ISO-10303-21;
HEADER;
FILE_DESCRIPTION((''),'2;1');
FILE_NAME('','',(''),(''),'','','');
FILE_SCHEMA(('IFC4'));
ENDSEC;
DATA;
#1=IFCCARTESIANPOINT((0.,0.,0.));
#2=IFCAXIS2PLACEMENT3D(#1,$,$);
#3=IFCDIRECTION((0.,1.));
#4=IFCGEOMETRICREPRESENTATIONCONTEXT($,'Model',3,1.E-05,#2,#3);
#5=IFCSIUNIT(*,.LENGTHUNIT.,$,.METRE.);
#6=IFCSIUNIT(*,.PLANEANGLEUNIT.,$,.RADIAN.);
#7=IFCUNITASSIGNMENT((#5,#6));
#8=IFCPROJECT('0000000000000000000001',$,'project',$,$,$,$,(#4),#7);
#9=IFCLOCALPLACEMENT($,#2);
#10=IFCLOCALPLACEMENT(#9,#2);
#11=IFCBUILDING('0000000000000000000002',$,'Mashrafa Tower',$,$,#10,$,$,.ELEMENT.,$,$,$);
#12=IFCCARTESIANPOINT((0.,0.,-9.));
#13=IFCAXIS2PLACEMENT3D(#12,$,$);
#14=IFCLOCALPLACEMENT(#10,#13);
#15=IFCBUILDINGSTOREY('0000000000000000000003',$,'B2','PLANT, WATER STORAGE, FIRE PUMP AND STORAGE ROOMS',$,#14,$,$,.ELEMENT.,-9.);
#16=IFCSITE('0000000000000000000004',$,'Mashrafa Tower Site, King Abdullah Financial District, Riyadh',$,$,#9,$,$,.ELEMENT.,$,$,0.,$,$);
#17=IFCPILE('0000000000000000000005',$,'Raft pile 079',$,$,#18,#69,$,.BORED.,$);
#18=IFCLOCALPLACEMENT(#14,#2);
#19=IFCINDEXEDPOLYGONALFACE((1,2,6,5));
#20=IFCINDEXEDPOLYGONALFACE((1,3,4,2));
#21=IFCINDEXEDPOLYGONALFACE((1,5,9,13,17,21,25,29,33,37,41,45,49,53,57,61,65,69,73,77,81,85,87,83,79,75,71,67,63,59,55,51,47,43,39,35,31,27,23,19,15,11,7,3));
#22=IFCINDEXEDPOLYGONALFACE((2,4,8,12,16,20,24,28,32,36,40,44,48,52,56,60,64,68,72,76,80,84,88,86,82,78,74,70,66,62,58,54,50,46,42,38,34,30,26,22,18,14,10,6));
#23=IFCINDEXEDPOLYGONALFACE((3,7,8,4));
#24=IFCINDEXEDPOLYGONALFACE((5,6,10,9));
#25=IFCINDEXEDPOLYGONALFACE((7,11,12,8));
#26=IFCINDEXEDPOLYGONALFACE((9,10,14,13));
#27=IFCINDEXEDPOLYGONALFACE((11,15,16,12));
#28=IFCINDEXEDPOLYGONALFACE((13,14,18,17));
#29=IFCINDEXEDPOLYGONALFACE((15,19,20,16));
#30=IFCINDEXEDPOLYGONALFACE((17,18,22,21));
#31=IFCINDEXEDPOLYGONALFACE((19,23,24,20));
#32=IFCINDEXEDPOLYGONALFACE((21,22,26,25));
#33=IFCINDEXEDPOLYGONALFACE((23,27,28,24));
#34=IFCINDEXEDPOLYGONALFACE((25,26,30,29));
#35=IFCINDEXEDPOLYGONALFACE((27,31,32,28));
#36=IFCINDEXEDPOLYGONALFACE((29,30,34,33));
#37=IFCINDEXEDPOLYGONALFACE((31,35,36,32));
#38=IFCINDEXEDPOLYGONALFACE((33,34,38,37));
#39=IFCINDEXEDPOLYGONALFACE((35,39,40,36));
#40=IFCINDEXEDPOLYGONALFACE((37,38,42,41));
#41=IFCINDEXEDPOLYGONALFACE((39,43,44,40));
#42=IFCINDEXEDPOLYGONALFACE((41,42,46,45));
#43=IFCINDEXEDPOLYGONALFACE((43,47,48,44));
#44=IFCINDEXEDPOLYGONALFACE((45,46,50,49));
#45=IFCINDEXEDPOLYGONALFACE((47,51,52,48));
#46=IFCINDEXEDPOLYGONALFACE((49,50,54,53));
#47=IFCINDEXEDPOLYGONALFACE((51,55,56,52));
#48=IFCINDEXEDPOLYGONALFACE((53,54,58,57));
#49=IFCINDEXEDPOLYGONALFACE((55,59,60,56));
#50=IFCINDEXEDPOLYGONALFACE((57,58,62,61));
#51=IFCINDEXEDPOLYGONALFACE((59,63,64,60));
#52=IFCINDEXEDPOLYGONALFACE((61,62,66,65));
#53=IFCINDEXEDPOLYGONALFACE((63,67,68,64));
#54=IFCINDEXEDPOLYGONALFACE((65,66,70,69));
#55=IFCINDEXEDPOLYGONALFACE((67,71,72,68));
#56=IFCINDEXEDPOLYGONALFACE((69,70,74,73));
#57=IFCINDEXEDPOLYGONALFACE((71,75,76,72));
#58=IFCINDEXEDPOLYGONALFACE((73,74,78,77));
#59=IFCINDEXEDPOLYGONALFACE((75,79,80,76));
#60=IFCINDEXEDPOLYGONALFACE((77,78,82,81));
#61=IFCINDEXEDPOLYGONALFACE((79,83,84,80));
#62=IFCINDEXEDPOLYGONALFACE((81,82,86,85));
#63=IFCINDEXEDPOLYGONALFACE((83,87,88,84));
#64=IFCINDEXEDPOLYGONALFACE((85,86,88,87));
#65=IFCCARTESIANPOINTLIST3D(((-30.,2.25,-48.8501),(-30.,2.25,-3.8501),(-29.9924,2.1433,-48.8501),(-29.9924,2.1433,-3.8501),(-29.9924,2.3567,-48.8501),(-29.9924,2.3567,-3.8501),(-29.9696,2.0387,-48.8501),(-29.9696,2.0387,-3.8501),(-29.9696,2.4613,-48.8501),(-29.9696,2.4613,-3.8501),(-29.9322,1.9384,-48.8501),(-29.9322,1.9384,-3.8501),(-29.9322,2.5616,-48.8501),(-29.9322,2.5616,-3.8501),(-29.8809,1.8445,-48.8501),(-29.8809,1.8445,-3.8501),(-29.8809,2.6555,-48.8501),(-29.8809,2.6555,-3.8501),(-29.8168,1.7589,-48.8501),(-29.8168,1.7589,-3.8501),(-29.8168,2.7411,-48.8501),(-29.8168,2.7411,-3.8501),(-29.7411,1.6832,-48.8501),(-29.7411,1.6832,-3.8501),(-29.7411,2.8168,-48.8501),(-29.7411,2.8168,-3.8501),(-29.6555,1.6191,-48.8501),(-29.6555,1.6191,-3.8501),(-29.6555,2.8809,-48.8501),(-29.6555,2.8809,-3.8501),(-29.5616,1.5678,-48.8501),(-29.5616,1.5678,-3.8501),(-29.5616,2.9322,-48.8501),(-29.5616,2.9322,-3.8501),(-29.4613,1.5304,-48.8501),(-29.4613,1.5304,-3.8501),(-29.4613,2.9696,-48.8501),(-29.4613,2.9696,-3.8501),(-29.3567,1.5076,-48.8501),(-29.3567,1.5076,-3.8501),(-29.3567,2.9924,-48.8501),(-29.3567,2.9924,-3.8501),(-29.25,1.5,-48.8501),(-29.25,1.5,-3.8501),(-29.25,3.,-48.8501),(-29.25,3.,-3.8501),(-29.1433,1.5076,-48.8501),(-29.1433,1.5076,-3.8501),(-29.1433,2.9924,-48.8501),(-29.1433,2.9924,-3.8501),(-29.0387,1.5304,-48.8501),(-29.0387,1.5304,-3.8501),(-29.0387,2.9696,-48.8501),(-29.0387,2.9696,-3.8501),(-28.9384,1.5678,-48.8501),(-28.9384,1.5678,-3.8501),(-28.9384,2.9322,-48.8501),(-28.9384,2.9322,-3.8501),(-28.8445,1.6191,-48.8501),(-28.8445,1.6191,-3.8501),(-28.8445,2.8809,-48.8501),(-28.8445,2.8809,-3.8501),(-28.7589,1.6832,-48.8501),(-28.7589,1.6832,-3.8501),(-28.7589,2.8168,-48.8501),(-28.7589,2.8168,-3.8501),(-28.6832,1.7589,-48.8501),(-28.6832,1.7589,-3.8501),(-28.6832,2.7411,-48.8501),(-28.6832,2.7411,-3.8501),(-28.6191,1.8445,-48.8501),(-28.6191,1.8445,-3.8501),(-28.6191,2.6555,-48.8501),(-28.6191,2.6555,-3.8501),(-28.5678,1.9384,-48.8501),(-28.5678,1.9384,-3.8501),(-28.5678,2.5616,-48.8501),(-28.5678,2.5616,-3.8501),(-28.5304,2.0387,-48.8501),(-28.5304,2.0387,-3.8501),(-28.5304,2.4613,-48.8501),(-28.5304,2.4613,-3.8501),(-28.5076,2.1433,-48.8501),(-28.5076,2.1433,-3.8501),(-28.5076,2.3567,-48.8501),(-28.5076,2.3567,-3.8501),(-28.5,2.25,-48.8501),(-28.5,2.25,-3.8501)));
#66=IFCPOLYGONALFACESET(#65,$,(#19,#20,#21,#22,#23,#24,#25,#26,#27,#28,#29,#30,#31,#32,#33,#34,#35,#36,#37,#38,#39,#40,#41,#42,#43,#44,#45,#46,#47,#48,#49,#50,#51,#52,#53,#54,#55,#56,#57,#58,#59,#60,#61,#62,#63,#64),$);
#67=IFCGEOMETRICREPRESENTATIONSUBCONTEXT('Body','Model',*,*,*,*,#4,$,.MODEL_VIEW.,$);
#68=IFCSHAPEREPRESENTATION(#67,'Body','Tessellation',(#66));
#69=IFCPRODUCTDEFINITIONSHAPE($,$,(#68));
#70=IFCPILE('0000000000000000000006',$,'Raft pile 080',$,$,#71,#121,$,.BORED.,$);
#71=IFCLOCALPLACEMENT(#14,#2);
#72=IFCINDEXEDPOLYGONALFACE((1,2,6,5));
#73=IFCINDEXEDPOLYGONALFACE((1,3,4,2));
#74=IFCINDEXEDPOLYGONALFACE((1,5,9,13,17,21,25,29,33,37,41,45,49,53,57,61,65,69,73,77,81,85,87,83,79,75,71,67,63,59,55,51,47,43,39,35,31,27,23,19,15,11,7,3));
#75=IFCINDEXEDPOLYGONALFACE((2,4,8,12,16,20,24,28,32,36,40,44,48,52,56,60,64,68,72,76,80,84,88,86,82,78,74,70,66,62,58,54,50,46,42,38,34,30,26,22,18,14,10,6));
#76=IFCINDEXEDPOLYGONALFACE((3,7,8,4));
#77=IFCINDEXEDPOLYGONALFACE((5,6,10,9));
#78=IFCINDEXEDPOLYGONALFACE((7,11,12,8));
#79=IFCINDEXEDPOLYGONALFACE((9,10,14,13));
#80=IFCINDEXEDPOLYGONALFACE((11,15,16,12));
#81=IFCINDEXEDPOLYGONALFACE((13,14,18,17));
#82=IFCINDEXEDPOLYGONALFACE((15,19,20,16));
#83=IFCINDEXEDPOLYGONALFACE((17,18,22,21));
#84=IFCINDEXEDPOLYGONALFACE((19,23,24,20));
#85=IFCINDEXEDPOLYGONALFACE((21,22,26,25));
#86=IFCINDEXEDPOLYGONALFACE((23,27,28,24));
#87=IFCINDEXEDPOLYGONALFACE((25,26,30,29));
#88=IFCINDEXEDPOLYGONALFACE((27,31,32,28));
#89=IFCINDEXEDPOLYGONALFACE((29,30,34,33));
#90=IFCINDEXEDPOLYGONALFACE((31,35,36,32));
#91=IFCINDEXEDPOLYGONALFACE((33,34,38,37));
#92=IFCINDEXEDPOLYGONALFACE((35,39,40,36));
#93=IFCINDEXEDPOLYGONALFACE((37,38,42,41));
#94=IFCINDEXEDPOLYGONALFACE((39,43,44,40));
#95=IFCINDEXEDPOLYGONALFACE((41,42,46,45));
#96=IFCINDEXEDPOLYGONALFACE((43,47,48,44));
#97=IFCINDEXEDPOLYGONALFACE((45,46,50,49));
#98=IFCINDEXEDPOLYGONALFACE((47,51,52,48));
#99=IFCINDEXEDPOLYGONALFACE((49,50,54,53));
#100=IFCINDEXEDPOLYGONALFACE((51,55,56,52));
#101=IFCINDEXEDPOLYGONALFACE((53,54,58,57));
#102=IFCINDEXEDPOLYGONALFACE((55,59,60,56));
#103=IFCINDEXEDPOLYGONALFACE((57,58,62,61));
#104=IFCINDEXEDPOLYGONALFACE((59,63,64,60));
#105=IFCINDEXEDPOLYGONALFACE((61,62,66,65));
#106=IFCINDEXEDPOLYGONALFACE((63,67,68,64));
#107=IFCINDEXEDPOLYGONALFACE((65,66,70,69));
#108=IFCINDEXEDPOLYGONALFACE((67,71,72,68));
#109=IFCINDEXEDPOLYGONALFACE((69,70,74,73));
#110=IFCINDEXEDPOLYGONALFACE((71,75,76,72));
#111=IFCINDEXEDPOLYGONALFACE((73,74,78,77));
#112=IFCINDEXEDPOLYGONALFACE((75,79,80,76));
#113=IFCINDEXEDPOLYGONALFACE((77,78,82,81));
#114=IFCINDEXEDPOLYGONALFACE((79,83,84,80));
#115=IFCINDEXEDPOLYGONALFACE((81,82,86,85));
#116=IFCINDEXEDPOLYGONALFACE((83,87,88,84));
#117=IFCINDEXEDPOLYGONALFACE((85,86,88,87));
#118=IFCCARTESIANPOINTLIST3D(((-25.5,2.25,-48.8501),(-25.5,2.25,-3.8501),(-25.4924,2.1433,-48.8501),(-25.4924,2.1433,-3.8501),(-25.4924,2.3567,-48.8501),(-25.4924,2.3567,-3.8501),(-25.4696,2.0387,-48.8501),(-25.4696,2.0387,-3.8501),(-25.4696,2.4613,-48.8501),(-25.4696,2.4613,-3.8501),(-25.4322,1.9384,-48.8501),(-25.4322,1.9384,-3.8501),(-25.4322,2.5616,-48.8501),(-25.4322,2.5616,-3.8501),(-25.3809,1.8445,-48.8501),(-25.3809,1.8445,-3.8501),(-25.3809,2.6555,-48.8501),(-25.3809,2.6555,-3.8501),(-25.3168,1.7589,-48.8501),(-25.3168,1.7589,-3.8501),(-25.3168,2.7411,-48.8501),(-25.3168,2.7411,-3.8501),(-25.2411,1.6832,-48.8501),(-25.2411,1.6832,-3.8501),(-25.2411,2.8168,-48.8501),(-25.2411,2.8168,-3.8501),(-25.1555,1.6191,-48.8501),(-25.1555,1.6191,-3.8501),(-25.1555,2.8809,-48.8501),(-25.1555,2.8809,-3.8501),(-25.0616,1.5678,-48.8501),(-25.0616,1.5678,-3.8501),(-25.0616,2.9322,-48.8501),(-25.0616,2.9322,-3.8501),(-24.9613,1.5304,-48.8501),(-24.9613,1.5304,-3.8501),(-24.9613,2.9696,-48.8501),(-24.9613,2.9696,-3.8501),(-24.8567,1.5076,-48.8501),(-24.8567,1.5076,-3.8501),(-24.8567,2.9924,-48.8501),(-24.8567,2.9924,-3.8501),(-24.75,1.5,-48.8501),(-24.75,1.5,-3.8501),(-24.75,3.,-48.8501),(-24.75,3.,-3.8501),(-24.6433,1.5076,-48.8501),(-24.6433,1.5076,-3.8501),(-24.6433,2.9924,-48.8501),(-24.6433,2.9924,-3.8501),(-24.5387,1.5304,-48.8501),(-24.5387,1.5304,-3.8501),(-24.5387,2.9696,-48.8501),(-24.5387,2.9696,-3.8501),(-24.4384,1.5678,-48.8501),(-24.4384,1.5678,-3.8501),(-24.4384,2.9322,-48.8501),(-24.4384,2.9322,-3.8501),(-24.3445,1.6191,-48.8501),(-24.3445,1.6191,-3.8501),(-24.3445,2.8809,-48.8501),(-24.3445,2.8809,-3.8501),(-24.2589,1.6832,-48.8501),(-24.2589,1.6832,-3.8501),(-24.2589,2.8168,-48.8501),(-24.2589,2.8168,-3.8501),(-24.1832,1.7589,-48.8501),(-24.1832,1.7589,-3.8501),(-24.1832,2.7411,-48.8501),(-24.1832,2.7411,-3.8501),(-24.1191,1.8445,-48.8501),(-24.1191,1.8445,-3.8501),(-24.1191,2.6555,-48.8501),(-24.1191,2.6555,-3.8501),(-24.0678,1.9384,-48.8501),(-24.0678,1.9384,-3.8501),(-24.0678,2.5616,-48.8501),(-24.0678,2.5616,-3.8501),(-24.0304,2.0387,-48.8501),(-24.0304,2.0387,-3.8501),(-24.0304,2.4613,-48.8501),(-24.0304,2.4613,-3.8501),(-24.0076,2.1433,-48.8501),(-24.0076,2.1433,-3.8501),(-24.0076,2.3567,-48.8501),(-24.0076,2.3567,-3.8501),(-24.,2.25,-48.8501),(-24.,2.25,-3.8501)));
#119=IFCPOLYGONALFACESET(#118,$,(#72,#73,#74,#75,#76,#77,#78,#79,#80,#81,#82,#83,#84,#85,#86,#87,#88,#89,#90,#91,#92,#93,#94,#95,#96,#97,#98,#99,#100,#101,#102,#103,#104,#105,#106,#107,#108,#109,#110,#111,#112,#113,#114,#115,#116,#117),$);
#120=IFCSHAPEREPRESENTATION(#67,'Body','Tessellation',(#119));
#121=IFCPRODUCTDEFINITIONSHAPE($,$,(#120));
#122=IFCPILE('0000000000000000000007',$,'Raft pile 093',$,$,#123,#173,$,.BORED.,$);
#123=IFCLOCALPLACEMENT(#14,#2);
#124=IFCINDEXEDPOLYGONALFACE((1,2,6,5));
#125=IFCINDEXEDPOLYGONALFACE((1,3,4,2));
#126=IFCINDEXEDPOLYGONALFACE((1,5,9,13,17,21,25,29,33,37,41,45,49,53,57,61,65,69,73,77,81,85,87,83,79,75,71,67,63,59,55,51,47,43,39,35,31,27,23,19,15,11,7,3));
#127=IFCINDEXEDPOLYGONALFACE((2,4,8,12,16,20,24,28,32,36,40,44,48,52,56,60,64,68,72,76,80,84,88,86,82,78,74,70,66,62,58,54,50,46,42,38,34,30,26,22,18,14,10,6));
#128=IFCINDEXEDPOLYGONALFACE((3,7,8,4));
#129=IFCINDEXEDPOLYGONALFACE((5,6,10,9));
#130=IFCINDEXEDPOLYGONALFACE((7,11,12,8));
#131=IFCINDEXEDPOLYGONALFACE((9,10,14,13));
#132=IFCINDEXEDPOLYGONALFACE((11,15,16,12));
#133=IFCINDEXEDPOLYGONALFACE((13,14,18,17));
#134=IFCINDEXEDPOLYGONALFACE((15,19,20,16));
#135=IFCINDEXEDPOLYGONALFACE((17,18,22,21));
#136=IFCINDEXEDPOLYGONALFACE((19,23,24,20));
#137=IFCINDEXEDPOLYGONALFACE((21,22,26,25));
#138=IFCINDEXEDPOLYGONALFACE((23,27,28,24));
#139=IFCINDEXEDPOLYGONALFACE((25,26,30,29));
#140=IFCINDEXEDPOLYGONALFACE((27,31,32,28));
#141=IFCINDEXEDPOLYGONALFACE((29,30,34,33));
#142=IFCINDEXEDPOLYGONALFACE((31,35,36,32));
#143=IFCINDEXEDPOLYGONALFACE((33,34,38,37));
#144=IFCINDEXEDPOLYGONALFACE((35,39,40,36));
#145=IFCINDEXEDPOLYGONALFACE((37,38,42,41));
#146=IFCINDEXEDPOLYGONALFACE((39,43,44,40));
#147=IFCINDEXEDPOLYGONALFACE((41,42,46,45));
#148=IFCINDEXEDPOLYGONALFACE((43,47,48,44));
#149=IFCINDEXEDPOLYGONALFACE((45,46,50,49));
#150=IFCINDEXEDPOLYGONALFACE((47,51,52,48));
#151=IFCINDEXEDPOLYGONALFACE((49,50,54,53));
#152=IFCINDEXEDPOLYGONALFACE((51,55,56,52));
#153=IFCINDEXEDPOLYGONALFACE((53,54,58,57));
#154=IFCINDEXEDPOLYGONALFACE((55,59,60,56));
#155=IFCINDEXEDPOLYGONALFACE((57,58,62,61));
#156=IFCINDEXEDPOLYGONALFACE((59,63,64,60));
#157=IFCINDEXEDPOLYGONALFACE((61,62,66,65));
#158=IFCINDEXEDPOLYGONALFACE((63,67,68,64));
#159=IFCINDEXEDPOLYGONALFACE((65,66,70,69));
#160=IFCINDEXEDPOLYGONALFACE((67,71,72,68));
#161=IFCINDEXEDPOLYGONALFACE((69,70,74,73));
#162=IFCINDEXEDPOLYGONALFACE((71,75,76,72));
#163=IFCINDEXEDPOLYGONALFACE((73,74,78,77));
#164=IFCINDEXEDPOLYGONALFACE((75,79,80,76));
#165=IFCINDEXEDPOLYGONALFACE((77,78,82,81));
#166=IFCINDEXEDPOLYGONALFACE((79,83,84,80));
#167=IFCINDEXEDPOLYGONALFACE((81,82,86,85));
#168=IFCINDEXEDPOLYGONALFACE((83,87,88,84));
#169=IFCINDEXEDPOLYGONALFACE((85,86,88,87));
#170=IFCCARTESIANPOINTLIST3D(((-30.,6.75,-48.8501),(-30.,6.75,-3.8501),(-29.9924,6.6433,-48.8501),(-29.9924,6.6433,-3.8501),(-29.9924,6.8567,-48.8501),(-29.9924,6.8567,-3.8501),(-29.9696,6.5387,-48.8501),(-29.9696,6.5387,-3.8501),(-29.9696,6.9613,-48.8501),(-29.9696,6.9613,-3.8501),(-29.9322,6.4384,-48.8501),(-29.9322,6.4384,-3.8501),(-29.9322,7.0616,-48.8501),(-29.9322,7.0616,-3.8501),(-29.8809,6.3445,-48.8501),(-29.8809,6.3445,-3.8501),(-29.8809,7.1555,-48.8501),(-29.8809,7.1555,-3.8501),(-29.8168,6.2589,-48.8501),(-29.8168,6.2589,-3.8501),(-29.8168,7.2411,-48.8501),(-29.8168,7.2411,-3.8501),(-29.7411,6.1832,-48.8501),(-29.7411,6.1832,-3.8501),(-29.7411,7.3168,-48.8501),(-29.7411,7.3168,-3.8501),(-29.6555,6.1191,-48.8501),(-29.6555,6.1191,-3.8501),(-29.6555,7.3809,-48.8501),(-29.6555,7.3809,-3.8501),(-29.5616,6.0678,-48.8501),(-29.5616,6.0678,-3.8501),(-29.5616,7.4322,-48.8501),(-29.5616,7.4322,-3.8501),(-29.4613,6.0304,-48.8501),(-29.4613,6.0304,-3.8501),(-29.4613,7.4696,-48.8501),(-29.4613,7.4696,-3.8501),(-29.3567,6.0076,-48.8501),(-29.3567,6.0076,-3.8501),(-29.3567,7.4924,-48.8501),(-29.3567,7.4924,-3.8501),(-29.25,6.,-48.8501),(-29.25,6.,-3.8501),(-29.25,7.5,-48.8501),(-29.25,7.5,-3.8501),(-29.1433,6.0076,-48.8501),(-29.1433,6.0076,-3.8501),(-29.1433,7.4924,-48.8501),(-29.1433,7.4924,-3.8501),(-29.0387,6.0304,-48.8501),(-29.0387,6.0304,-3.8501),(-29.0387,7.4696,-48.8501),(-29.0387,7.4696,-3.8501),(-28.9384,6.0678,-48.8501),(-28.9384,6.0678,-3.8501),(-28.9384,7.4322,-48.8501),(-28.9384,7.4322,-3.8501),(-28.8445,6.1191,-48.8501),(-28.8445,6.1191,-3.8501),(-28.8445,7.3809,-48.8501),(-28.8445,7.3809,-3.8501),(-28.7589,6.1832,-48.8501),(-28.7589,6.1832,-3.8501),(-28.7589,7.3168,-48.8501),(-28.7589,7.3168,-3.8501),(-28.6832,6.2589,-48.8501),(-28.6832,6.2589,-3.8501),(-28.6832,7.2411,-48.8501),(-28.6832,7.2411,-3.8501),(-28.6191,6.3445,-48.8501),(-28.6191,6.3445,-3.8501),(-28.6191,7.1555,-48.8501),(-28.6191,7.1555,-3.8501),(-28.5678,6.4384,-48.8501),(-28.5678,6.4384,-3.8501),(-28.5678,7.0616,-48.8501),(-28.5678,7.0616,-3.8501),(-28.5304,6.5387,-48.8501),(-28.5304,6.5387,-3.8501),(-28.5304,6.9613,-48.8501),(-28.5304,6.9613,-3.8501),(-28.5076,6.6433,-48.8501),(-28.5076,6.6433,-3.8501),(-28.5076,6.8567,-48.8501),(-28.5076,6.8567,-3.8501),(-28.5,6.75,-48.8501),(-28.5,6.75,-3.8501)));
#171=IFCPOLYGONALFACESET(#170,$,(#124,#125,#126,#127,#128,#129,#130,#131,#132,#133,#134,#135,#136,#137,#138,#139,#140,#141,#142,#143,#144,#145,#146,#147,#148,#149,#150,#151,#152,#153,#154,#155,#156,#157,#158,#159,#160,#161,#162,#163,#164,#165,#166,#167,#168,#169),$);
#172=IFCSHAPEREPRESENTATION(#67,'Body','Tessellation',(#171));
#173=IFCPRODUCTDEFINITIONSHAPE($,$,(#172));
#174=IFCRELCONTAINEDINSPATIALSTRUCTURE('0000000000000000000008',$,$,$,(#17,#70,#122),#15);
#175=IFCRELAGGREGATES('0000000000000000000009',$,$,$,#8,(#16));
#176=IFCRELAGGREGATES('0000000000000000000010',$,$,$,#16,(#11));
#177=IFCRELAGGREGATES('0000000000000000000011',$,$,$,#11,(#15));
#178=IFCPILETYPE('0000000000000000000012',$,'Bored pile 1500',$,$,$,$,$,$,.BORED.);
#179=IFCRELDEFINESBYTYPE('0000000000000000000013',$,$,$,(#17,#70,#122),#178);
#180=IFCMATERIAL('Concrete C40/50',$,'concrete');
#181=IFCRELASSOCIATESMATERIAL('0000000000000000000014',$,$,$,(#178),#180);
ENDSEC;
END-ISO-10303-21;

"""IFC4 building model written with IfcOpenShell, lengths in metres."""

from ifc_helpers import new_model, si_unit, direction, frame, origin, origin_2d, place, context, subcontext, project, spatial, circle, extrude, material, material_profile, profile_set, type_object, element, save


model = new_model("IFC4")

# Units and contexts
model_context = context("Model", 3, precision=1e-05, world=origin(), true_north=direction((0.0, 1.0)))
body_context = subcontext(model_context, "Body", "Model", "MODEL_VIEW")
ifc_project = project(units=[si_unit("LENGTHUNIT", "METRE"), si_unit("PLANEANGLEUNIT", "RADIAN")], contexts=[model_context])

# Site, building, storey
site_placement = place(None, origin())
site = spatial("IfcSite", under=ifc_project, at=site_placement, Name="Mashrafa Tower Site, King Abdullah Financial District, Riyadh", CompositionType="ELEMENT", RefElevation=0.0)
building_placement = place(site_placement, origin())
building = spatial("IfcBuilding", under=site, at=building_placement, Name="Mashrafa Tower", CompositionType="ELEMENT")
storey_placement = place(building_placement, frame((0.0, 0.0, -9.0)))
storey = spatial("IfcBuildingStorey", under=building, at=storey_placement, Name="B2", Description="PLANT, WATER STORAGE, FIRE PUMP AND STORAGE ROOMS", CompositionType="ELEMENT", Elevation=-9.0)

# Piles
ifc_material_1 = material(Name="Concrete C40/50", Category="concrete")
ifc_material_profile_1 = material_profile(ifc_material_1, circle(Radius=0.75, at=origin_2d()), Name="1500 DIA")
ifc_profile_set_1 = profile_set([ifc_material_profile_1], Name="Concrete C40/50")
pile_type_1 = type_object("IfcPileType", Name="Bored pile 1500", PredefinedType="BORED", material=ifc_profile_set_1)
for number, where, z_axis, x_axis, name in (
    (1, (-29.25, 2.25, -3.8501), (0.0, 0.0, -1.0), (1.0, 0.0, 0.0), "Raft pile 079"),
    (2, (-24.75, 2.25, -3.8501), (0.0, 0.0, -1.0), (1.0, 0.0, 0.0), "Raft pile 080"),
    (3, (-29.25, 6.75, -3.8501), (0.0, 0.0, -1.0), (1.0, 0.0, 0.0), "Raft pile 093"),
):
    element("IfcPile", number, at=place(storey_placement, frame(where, z_axis=z_axis, x_axis=x_axis)), inside=storey, type_object=pile_type_1, Name=name, PredefinedType="BORED", context=body_context, shape_type="SweptSolid", body=[
        extrude(circle(Radius=0.75, at=origin_2d()), origin(), (0.0, 0.0, 1.0), 45.0),
    ])

save(model, "model.ifc")
